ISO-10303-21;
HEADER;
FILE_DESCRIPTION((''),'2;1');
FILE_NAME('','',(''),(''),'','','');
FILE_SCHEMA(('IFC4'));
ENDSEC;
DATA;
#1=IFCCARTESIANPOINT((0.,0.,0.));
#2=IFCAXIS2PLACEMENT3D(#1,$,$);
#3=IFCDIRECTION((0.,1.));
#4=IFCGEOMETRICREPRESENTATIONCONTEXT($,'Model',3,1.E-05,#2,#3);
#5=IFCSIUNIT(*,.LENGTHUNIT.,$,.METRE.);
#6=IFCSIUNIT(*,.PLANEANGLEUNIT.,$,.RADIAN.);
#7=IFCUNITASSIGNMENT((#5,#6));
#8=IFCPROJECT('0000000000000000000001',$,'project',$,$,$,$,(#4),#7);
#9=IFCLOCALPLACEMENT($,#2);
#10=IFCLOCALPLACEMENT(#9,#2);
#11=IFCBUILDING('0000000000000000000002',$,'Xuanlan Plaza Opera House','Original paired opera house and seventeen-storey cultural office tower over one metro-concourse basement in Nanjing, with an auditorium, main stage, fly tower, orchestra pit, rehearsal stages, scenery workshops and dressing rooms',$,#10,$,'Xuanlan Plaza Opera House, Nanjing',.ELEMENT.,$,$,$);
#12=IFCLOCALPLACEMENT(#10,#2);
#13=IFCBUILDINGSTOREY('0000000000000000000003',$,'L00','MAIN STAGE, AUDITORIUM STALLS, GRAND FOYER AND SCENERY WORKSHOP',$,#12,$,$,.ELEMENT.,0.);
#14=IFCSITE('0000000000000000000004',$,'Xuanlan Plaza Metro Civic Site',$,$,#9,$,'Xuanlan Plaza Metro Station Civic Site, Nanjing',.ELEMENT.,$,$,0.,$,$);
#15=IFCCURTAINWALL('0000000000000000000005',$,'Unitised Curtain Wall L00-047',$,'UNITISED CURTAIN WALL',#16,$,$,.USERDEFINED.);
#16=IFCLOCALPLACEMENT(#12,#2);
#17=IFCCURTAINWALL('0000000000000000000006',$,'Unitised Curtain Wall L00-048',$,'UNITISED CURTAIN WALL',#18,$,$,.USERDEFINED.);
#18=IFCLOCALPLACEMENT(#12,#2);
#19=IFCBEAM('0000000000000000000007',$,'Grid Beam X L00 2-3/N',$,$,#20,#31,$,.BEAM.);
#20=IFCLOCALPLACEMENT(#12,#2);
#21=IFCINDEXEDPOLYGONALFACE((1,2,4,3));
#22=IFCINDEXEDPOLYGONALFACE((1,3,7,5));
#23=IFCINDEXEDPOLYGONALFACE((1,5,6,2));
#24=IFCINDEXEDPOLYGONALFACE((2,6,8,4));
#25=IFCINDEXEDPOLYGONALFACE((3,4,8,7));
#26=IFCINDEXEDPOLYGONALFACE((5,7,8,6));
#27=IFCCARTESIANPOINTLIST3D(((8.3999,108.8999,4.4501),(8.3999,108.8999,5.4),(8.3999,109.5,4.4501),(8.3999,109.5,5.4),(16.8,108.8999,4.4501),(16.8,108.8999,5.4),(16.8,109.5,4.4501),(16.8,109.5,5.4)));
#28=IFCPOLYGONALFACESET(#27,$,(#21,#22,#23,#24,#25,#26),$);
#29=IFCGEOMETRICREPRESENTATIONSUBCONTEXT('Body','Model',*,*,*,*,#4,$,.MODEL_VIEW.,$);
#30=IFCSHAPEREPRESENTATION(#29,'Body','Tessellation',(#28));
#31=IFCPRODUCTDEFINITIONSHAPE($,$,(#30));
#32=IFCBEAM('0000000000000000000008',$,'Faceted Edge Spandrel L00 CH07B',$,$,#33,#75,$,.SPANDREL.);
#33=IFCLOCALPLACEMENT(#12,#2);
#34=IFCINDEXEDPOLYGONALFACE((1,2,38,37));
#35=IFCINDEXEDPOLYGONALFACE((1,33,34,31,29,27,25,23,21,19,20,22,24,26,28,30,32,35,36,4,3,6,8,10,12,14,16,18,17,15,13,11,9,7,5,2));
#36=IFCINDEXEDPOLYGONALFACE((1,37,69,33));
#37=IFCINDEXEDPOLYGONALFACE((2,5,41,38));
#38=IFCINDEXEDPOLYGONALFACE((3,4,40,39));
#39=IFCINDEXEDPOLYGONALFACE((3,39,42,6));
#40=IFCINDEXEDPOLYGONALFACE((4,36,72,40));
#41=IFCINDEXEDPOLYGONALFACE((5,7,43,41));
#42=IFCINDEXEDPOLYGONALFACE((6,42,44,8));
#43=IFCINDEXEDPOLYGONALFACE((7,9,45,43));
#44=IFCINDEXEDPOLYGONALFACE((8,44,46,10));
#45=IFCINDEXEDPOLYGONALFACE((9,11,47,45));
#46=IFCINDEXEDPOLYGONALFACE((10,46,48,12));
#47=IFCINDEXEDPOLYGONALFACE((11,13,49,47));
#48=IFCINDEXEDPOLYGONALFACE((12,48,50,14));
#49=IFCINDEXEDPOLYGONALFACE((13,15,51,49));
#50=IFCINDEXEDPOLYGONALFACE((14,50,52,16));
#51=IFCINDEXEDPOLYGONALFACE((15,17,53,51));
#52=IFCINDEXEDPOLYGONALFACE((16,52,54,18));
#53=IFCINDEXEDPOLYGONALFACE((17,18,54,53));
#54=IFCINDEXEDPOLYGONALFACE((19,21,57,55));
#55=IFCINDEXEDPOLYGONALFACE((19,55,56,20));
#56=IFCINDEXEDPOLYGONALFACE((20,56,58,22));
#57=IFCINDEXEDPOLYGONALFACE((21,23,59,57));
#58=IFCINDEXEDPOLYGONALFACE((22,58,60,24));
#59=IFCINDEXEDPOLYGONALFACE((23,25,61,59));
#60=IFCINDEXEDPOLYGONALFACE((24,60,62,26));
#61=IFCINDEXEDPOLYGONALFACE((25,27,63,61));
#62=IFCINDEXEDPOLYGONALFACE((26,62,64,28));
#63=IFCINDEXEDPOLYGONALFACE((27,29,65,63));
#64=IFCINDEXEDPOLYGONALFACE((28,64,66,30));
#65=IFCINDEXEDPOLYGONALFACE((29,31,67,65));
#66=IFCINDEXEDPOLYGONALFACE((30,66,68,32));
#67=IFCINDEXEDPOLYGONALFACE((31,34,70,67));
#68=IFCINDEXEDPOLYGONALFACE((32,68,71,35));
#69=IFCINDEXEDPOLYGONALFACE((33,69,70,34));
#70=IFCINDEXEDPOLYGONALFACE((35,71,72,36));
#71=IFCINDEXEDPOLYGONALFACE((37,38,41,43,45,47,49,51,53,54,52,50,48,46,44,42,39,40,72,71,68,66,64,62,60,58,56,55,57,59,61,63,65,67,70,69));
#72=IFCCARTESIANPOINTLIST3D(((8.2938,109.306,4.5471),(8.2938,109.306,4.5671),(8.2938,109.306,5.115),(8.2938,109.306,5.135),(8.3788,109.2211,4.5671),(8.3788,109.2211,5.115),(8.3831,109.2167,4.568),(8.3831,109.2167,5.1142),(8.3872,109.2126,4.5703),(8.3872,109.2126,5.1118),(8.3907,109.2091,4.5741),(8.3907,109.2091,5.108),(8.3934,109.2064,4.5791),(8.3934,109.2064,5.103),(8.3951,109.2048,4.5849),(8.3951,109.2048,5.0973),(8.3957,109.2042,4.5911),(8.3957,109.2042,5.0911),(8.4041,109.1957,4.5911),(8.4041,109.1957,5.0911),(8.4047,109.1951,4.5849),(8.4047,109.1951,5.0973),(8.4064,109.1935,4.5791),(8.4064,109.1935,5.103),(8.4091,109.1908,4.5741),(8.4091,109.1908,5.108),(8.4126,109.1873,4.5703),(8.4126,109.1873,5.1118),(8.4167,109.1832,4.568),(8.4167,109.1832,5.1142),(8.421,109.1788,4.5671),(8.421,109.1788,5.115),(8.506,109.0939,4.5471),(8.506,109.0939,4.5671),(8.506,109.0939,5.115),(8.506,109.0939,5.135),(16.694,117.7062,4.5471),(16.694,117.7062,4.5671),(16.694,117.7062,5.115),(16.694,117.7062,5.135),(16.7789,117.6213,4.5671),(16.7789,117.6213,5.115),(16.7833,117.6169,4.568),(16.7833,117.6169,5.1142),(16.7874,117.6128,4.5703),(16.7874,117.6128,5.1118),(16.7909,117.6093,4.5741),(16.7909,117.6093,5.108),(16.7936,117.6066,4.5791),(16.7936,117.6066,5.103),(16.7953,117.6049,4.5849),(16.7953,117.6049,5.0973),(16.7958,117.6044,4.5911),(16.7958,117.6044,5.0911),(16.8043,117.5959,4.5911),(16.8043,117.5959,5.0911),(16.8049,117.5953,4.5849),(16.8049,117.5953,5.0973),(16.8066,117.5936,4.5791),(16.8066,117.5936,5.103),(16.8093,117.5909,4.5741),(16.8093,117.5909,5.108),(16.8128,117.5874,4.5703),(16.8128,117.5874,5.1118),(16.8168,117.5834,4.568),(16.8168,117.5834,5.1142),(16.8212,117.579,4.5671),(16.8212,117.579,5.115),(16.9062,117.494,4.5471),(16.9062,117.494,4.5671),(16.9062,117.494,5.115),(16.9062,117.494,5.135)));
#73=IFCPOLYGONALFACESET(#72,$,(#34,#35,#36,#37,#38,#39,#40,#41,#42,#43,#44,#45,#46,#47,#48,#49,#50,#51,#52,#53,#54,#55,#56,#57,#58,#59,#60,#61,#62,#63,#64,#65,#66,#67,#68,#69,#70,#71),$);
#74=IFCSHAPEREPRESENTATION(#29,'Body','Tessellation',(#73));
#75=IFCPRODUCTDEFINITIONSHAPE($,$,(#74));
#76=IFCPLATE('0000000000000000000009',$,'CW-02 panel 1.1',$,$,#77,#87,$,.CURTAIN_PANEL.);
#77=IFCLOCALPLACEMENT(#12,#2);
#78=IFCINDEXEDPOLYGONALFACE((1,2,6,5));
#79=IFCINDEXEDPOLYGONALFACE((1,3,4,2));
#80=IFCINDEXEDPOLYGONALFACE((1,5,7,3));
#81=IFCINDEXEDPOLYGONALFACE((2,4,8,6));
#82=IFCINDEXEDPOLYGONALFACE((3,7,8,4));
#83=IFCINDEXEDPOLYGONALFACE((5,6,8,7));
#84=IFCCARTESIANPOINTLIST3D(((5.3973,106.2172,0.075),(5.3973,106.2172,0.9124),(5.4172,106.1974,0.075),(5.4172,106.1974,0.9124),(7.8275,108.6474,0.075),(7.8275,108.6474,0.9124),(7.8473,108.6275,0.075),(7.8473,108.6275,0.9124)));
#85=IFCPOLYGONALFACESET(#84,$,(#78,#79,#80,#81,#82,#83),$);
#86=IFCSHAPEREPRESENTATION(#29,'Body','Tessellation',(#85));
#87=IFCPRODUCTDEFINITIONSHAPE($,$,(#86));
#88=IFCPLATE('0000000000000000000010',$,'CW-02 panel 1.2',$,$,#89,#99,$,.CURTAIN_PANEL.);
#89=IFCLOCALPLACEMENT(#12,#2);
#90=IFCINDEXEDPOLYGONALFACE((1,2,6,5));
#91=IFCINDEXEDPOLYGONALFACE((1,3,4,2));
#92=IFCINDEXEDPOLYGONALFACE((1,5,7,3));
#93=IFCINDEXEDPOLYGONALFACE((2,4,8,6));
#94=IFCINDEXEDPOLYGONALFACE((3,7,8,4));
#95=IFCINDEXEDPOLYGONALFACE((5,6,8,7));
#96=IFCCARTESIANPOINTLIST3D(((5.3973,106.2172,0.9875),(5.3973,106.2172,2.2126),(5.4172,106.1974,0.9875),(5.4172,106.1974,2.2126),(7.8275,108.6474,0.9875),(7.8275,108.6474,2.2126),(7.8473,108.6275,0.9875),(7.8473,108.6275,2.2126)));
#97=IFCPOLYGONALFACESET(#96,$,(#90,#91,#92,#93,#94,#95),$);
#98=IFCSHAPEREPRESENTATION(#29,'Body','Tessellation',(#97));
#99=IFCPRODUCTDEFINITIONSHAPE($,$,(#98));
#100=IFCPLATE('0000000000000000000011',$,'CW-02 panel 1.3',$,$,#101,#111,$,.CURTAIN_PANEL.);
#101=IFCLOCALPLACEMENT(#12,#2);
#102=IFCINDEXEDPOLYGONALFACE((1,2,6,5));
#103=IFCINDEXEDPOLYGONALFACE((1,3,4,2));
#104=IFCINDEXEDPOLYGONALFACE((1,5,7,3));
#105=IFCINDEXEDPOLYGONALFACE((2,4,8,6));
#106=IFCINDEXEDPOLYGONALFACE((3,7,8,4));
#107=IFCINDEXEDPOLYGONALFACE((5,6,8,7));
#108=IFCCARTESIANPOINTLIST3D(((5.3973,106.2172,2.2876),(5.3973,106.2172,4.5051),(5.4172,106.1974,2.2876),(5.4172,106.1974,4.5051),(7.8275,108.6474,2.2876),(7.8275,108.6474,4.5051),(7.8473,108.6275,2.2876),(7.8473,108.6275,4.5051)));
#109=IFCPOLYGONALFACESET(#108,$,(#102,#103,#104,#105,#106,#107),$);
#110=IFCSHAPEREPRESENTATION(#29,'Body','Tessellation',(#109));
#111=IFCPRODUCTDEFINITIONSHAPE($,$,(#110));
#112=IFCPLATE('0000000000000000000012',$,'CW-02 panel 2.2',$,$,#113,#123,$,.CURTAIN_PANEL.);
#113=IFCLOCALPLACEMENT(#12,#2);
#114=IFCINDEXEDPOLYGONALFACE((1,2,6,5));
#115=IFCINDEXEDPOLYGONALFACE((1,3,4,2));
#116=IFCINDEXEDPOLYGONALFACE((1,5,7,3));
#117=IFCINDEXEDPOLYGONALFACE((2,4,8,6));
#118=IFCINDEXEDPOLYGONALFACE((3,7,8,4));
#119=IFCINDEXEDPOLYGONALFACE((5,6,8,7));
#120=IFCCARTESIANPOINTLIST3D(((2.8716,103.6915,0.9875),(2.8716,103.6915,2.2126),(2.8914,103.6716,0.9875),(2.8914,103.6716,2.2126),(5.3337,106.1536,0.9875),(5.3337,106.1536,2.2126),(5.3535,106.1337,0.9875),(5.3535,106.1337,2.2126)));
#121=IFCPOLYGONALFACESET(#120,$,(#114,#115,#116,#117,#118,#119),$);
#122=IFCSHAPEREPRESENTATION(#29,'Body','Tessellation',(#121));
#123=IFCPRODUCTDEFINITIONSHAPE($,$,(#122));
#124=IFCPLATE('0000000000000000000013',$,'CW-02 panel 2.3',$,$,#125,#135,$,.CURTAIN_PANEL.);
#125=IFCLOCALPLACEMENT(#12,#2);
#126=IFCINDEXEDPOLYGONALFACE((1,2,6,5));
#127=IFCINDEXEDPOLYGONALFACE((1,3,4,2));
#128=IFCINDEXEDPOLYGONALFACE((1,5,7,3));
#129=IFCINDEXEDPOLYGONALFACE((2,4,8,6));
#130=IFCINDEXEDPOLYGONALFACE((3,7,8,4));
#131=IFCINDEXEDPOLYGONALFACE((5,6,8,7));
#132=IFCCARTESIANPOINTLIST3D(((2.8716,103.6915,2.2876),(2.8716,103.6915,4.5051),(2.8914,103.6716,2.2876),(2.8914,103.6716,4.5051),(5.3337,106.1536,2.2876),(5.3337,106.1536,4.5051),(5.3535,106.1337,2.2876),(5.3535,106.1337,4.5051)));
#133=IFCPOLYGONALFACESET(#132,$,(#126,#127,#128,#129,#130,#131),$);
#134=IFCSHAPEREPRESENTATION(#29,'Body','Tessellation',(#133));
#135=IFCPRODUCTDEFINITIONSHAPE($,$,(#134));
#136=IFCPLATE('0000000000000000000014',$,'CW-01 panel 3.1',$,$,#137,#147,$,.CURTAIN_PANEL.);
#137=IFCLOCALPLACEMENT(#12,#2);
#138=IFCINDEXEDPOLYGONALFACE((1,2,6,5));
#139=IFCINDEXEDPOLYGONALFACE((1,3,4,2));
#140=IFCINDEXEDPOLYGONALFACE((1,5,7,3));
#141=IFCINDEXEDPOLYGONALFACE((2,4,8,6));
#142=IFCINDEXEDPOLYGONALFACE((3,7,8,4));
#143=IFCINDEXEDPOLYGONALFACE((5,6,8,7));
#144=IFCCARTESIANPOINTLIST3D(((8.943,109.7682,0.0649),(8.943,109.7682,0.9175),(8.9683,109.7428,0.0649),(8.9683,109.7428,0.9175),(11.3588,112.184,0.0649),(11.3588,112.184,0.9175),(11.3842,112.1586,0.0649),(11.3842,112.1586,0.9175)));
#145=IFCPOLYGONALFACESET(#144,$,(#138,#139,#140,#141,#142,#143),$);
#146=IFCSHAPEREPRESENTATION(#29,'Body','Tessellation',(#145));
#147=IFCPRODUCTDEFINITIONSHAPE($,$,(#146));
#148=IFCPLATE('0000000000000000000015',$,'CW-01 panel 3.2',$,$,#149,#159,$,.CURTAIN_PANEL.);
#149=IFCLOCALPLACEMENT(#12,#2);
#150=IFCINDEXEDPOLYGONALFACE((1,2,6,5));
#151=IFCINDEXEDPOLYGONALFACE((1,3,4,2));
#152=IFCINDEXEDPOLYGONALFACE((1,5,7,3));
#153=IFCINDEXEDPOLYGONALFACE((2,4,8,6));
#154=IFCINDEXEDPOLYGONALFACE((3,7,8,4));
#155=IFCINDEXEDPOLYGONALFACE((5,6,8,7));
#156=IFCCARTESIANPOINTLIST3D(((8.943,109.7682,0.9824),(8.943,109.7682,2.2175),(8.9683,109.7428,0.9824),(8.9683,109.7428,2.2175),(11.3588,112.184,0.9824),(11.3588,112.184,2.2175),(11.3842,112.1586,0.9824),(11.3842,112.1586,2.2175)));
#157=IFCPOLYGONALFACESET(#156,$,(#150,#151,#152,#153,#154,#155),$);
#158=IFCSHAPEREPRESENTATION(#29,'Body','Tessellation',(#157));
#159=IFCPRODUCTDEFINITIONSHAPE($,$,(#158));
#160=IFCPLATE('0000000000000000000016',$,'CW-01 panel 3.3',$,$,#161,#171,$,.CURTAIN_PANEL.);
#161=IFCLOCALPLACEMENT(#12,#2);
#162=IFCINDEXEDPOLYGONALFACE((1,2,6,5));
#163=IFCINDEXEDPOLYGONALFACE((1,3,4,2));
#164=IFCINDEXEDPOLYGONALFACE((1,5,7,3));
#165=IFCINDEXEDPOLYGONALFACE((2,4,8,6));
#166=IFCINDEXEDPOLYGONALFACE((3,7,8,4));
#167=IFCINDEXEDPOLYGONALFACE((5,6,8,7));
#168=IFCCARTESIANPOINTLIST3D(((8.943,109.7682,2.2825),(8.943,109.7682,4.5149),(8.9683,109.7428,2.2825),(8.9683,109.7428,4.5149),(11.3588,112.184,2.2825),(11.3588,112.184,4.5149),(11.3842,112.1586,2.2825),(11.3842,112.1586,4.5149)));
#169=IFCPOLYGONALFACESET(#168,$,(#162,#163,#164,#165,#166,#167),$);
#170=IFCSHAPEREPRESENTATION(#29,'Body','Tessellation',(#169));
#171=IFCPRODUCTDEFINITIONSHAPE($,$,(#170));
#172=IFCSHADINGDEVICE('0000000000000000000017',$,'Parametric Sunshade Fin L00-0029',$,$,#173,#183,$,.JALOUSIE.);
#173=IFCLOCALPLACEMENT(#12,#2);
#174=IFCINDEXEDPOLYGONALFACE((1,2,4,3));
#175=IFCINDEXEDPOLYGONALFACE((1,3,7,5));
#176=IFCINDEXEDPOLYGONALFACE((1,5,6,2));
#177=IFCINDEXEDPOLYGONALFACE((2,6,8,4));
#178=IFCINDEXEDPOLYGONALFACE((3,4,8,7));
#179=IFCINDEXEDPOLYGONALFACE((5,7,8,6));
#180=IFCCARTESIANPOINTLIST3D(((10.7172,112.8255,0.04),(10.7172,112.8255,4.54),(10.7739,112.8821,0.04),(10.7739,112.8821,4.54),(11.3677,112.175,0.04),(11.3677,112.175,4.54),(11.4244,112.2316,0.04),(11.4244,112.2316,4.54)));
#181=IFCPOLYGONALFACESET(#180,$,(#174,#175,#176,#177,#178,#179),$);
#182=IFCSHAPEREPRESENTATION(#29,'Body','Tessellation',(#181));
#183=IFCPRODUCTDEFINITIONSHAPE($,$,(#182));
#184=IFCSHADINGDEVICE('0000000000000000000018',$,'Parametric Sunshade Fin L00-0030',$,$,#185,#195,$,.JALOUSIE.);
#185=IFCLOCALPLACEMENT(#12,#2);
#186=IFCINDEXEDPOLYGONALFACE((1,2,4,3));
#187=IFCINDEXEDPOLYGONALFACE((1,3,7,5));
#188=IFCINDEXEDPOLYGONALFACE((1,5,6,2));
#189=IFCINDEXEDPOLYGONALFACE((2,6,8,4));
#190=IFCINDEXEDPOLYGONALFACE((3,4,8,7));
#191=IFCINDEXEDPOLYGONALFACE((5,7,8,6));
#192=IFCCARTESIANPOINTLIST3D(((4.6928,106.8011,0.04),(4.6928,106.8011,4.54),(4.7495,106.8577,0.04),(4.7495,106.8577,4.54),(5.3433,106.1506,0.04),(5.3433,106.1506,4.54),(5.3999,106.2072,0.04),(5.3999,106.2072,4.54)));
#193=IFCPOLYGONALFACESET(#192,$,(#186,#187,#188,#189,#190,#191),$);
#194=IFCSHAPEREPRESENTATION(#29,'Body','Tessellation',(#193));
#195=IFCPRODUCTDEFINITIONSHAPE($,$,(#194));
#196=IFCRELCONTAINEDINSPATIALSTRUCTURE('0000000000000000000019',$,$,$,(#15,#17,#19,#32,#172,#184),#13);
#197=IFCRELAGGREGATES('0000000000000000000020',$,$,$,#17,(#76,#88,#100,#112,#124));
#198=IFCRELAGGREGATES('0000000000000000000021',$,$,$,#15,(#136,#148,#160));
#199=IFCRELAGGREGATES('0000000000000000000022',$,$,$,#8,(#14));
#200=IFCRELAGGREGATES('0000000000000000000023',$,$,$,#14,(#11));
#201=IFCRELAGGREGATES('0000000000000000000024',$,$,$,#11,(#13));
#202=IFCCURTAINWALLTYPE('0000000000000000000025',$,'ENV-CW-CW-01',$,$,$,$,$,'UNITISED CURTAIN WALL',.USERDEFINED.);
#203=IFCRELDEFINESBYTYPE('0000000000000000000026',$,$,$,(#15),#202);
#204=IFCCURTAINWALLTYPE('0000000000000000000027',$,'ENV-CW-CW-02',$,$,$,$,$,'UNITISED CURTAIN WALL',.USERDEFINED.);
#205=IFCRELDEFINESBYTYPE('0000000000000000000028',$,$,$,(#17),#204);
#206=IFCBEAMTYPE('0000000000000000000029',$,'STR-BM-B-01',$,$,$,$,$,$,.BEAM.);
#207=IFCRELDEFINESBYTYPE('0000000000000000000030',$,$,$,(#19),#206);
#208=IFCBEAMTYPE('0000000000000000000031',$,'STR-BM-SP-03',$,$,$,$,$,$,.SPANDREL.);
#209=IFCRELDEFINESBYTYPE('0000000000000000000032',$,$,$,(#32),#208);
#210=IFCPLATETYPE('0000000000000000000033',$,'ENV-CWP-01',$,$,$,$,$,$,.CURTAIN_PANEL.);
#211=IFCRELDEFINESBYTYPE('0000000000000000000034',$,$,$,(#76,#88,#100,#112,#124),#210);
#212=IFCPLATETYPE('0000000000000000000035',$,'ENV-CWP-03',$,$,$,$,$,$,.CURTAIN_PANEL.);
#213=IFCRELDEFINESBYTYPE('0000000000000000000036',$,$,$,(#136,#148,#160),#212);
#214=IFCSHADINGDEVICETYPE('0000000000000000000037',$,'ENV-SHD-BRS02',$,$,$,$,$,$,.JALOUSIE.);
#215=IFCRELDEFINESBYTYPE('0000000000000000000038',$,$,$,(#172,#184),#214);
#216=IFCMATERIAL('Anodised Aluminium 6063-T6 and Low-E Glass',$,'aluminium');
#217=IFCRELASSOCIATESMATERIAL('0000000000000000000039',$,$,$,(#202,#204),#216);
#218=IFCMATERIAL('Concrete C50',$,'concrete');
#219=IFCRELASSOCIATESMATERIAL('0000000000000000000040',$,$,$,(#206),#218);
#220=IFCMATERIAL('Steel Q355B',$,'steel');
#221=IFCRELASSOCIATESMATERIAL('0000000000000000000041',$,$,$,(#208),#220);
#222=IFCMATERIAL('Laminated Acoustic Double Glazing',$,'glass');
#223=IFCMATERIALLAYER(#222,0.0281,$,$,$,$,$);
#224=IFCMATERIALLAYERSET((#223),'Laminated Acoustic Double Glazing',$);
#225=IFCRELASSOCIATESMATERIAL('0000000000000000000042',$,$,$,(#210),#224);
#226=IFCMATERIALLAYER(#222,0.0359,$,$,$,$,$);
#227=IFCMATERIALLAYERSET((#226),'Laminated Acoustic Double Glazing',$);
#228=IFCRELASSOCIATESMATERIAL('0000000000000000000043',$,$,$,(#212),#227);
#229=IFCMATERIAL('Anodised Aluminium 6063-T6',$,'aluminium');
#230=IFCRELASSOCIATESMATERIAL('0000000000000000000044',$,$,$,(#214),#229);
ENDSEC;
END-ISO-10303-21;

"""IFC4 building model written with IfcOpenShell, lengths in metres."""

from ifc_helpers import new_model, si_unit, direction, frame, origin, origin_2d, place, context, subcontext, project, spatial, rectangle, i_section, extrude, material, layer, layer_set, material_profile, profile_set, type_object, element, aggregate, save


model = new_model("IFC4")

# Units and contexts
model_context = context("Model", 3, precision=1e-05, world=origin(), true_north=direction((0.0, 1.0)))
body_context = subcontext(model_context, "Body", "Model", "MODEL_VIEW")
ifc_project = project(units=[si_unit("LENGTHUNIT", "METRE"), si_unit("PLANEANGLEUNIT", "RADIAN")], contexts=[model_context])

# Site, building, storey
site_placement = place(None, origin())
site = spatial("IfcSite", under=ifc_project, at=site_placement, Name="Xuanlan Plaza Metro Civic Site", LongName="Xuanlan Plaza Metro Station Civic Site, Nanjing", CompositionType="ELEMENT", RefElevation=0.0)
building_placement = place(site_placement, origin())
building = spatial("IfcBuilding", under=site, at=building_placement, Name="Xuanlan Plaza Opera House", Description="Original paired opera house and seventeen-storey cultural office tower over one metro-concourse basement in Nanjing, with an auditorium, main stage, fly tower, orchestra pit, rehearsal stages, scenery workshops and dressing rooms", LongName="Xuanlan Plaza Opera House, Nanjing", CompositionType="ELEMENT")
storey_placement = place(building_placement, origin())
storey = spatial("IfcBuildingStorey", under=building, at=storey_placement, Name="L00", Description="MAIN STAGE, AUDITORIUM STALLS, GRAND FOYER AND SCENERY WORKSHOP", CompositionType="ELEMENT", Elevation=0.0)

# Curtain wall
ifc_material_1 = material(Name="Anodised Aluminium 6063-T6 and Low-E Glass", Category="aluminium")
curtain_wall_type_1 = type_object("IfcCurtainWallType", Name="ENV-CW-CW-01", ElementType="UNITISED CURTAIN WALL", PredefinedType="USERDEFINED", material=ifc_material_1)
curtain_wall_1_placement = place(storey_placement, origin())
curtain_wall_1 = element("IfcCurtainWall", 1, at=curtain_wall_1_placement, inside=storey, type_object=curtain_wall_type_1, Name="Unitised Curtain Wall L00-047", ObjectType="UNITISED CURTAIN WALL", PredefinedType="USERDEFINED")
ifc_material_2 = material(Name="Anodised Aluminium 6063-T6", Category="aluminium")

# Curtain wall
curtain_wall_type_2 = type_object("IfcCurtainWallType", Name="ENV-CW-CW-02", ElementType="UNITISED CURTAIN WALL", PredefinedType="USERDEFINED", material=ifc_material_1)
curtain_wall_2_placement = place(storey_placement, origin())
curtain_wall_2 = element("IfcCurtainWall", 2, at=curtain_wall_2_placement, inside=storey, type_object=curtain_wall_type_2, Name="Unitised Curtain Wall L00-048", ObjectType="UNITISED CURTAIN WALL", PredefinedType="USERDEFINED")

# Beams
ifc_material_3 = material(Name="Concrete C50", Category="concrete")
ifc_material_profile_1 = material_profile(ifc_material_3, rectangle(XDim=0.6001, YDim=0.95, at=origin_2d()), Name="RC-BM 600x950")
ifc_profile_set_1 = profile_set([ifc_material_profile_1], Name="Concrete C50")
beam_type_1 = type_object("IfcBeamType", Name="STR-BM-B-01", PredefinedType="BEAM", material=ifc_profile_set_1)
beam_1_placement = place(storey_placement, frame((8.3999, 109.2, 4.925), z_axis=(1.0, 0.0, 0.0), x_axis=(0.0, 1.0, 0.0)))
element("IfcBeam", 3, at=beam_1_placement, inside=storey, type_object=beam_type_1, Name="Grid Beam X L00 2-3/N", PredefinedType="BEAM", context=body_context, shape_type="SweptSolid", body=[
    extrude(rectangle(XDim=0.6001, YDim=0.95, at=origin_2d()), origin(), (0.0, 0.0, 1.0), 8.4001),
])
ifc_material_4 = material(Name="Steel Q355B", Category="steel")
ifc_material_profile_2 = material_profile(ifc_material_4, i_section(OverallWidth=0.3, OverallDepth=0.5879, WebThickness=0.012, FlangeThickness=0.02, FilletRadius=0.0239, at=origin_2d()), Name="HM 588x300x12x20")
ifc_profile_set_2 = profile_set([ifc_material_profile_2], Name="Steel Q355B")
beam_type_2 = type_object("IfcBeamType", Name="STR-BM-SP-03", PredefinedType="SPANDREL", material=ifc_profile_set_2)
beam_2_placement = place(storey_placement, frame((8.3999, 109.2, 4.8411), z_axis=(0.707107, 0.707107, 0.0), x_axis=(-0.707107, 0.707107, 0.0)))
element("IfcBeam", 4, at=beam_2_placement, inside=storey, type_object=beam_type_2, Name="Faceted Edge Spandrel L00 CH07B", PredefinedType="SPANDREL", context=body_context, shape_type="SweptSolid", body=[
    extrude(i_section(OverallWidth=0.3, OverallDepth=0.5879, WebThickness=0.012, FlangeThickness=0.02, FilletRadius=0.0239, at=origin_2d()), origin(), (0.0, 0.0, 1.0), 11.8796),
])

# Plates
ifc_material_5 = material(Name="Laminated Acoustic Double Glazing", Category="glass")
ifc_layer_1 = layer(ifc_material_5, 0.0281)
ifc_layer_set_1 = layer_set([ifc_layer_1], Name="Laminated Acoustic Double Glazing")
plate_type_1 = type_object("IfcPlateType", Name="ENV-CWP-01", PredefinedType="CURTAIN_PANEL", material=ifc_layer_set_1)
plate_1_placement = place(storey_placement, frame((6.6223, 107.4224, 0.075), z_axis=(0.0, 0.0, 1.0), x_axis=(-0.707107, -0.707107, 0.0)))
plate_1 = element("IfcPlate", 5, at=plate_1_placement, type_object=plate_type_1, Name="CW-02 panel 1.1", PredefinedType="CURTAIN_PANEL", context=body_context, shape_type="SweptSolid", body=[
    extrude(rectangle(XDim=3.4368, YDim=0.0281, at=origin_2d()), origin(), (0.0, 0.0, 1.0), 0.8374),
])
plate_2_placement = place(storey_placement, frame((6.6223, 107.4224, 0.9875), z_axis=(0.0, 0.0, 1.0), x_axis=(-0.707107, -0.707107, 0.0)))
plate_2 = element("IfcPlate", 6, at=plate_2_placement, type_object=plate_type_1, Name="CW-02 panel 1.2", PredefinedType="CURTAIN_PANEL", context=body_context, shape_type="SweptSolid", body=[
    extrude(rectangle(XDim=3.4368, YDim=0.0281, at=origin_2d()), origin(), (0.0, 0.0, 1.0), 1.2251),
])
plate_3_placement = place(storey_placement, frame((6.6223, 107.4224, 2.2876), z_axis=(0.0, 0.0, 1.0), x_axis=(-0.707107, -0.707107, 0.0)))
plate_3 = element("IfcPlate", 7, at=plate_3_placement, type_object=plate_type_1, Name="CW-02 panel 1.3", PredefinedType="CURTAIN_PANEL", context=body_context, shape_type="SweptSolid", body=[
    extrude(rectangle(XDim=3.4368, YDim=0.0281, at=origin_2d()), origin(), (0.0, 0.0, 1.0), 2.2175),
])
plate_4_placement = place(storey_placement, frame((4.1125, 104.9126, 0.9875), z_axis=(0.0, 0.0, 1.0), x_axis=(-0.707107, -0.707107, 0.0)))
plate_4 = element("IfcPlate", 8, at=plate_4_placement, type_object=plate_type_1, Name="CW-02 panel 2.2", PredefinedType="CURTAIN_PANEL", context=body_context, shape_type="SweptSolid", body=[
    extrude(rectangle(XDim=3.4819, YDim=0.0281, at=origin_2d()), origin(), (0.0, 0.0, 1.0), 1.2251),
])
plate_5_placement = place(storey_placement, frame((4.1125, 104.9126, 2.2876), z_axis=(0.0, 0.0, 1.0), x_axis=(-0.707107, -0.707107, 0.0)))
plate_5 = element("IfcPlate", 9, at=plate_5_placement, type_object=plate_type_1, Name="CW-02 panel 2.3", PredefinedType="CURTAIN_PANEL", context=body_context, shape_type="SweptSolid", body=[
    extrude(rectangle(XDim=3.4819, YDim=0.0281, at=origin_2d()), origin(), (0.0, 0.0, 1.0), 2.2175),
])
aggregate(curtain_wall_2, [plate_1, plate_2, plate_3, plate_4, plate_5])
ifc_layer_2 = layer(ifc_material_5, 0.0359)
ifc_layer_set_2 = layer_set([ifc_layer_2], Name="Laminated Acoustic Double Glazing")
plate_type_2 = type_object("IfcPlateType", Name="ENV-CWP-03", PredefinedType="CURTAIN_PANEL", material=ifc_layer_set_2)
plate_6_placement = place(storey_placement, frame((10.1636, 110.9634, 0.0649), z_axis=(0.0, 0.0, 1.0), x_axis=(-0.707107, -0.707107, 0.0)))
plate_6 = element("IfcPlate", 10, at=plate_6_placement, type_object=plate_type_2, Name="CW-01 panel 3.1", PredefinedType="CURTAIN_PANEL", context=body_context, shape_type="SweptSolid", body=[
    extrude(rectangle(XDim=3.4165, YDim=0.0359, at=origin_2d()), origin(), (0.0, 0.0, 1.0), 0.8525),
])
plate_7_placement = place(storey_placement, frame((10.1636, 110.9634, 0.9824), z_axis=(0.0, 0.0, 1.0), x_axis=(-0.707107, -0.707107, 0.0)))
plate_7 = element("IfcPlate", 11, at=plate_7_placement, type_object=plate_type_2, Name="CW-01 panel 3.2", PredefinedType="CURTAIN_PANEL", context=body_context, shape_type="SweptSolid", body=[
    extrude(rectangle(XDim=3.4165, YDim=0.0359, at=origin_2d()), origin(), (0.0, 0.0, 1.0), 1.2351),
])
plate_8_placement = place(storey_placement, frame((10.1636, 110.9634, 2.2825), z_axis=(0.0, 0.0, 1.0), x_axis=(-0.707107, -0.707107, 0.0)))
plate_8 = element("IfcPlate", 12, at=plate_8_placement, type_object=plate_type_2, Name="CW-01 panel 3.3", PredefinedType="CURTAIN_PANEL", context=body_context, shape_type="SweptSolid", body=[
    extrude(rectangle(XDim=3.4165, YDim=0.0359, at=origin_2d()), origin(), (0.0, 0.0, 1.0), 2.2324),
])
aggregate(curtain_wall_1, [plate_6, plate_7, plate_8])

# Shading devices
shading_device_type = type_object("IfcShadingDeviceType", Name="ENV-SHD-BRS02", PredefinedType="JALOUSIE", material=ifc_material_2)
for number, where, z_axis, x_axis, name in (
    (13, (11.0708, 112.5286, 0.04), (0.0, 0.0, 1.0), (-0.707107, 0.707107, 0.0), "Parametric Sunshade Fin L00-0029"),
    (14, (5.0464, 106.5042, 0.04), (0.0, 0.0, 1.0), (-0.707107, 0.707107, 0.0), "Parametric Sunshade Fin L00-0030"),
):
    element("IfcShadingDevice", number, at=place(storey_placement, frame(where, z_axis=z_axis, x_axis=x_axis)), inside=storey, type_object=shading_device_type, Name=name, PredefinedType="JALOUSIE", context=body_context, shape_type="SweptSolid", body=[
        extrude(rectangle(XDim=0.9199, YDim=0.0801, at=origin_2d()), origin(), (0.0, 0.0, 1.0), 4.5),
    ])

save(model, "model.ifc")
